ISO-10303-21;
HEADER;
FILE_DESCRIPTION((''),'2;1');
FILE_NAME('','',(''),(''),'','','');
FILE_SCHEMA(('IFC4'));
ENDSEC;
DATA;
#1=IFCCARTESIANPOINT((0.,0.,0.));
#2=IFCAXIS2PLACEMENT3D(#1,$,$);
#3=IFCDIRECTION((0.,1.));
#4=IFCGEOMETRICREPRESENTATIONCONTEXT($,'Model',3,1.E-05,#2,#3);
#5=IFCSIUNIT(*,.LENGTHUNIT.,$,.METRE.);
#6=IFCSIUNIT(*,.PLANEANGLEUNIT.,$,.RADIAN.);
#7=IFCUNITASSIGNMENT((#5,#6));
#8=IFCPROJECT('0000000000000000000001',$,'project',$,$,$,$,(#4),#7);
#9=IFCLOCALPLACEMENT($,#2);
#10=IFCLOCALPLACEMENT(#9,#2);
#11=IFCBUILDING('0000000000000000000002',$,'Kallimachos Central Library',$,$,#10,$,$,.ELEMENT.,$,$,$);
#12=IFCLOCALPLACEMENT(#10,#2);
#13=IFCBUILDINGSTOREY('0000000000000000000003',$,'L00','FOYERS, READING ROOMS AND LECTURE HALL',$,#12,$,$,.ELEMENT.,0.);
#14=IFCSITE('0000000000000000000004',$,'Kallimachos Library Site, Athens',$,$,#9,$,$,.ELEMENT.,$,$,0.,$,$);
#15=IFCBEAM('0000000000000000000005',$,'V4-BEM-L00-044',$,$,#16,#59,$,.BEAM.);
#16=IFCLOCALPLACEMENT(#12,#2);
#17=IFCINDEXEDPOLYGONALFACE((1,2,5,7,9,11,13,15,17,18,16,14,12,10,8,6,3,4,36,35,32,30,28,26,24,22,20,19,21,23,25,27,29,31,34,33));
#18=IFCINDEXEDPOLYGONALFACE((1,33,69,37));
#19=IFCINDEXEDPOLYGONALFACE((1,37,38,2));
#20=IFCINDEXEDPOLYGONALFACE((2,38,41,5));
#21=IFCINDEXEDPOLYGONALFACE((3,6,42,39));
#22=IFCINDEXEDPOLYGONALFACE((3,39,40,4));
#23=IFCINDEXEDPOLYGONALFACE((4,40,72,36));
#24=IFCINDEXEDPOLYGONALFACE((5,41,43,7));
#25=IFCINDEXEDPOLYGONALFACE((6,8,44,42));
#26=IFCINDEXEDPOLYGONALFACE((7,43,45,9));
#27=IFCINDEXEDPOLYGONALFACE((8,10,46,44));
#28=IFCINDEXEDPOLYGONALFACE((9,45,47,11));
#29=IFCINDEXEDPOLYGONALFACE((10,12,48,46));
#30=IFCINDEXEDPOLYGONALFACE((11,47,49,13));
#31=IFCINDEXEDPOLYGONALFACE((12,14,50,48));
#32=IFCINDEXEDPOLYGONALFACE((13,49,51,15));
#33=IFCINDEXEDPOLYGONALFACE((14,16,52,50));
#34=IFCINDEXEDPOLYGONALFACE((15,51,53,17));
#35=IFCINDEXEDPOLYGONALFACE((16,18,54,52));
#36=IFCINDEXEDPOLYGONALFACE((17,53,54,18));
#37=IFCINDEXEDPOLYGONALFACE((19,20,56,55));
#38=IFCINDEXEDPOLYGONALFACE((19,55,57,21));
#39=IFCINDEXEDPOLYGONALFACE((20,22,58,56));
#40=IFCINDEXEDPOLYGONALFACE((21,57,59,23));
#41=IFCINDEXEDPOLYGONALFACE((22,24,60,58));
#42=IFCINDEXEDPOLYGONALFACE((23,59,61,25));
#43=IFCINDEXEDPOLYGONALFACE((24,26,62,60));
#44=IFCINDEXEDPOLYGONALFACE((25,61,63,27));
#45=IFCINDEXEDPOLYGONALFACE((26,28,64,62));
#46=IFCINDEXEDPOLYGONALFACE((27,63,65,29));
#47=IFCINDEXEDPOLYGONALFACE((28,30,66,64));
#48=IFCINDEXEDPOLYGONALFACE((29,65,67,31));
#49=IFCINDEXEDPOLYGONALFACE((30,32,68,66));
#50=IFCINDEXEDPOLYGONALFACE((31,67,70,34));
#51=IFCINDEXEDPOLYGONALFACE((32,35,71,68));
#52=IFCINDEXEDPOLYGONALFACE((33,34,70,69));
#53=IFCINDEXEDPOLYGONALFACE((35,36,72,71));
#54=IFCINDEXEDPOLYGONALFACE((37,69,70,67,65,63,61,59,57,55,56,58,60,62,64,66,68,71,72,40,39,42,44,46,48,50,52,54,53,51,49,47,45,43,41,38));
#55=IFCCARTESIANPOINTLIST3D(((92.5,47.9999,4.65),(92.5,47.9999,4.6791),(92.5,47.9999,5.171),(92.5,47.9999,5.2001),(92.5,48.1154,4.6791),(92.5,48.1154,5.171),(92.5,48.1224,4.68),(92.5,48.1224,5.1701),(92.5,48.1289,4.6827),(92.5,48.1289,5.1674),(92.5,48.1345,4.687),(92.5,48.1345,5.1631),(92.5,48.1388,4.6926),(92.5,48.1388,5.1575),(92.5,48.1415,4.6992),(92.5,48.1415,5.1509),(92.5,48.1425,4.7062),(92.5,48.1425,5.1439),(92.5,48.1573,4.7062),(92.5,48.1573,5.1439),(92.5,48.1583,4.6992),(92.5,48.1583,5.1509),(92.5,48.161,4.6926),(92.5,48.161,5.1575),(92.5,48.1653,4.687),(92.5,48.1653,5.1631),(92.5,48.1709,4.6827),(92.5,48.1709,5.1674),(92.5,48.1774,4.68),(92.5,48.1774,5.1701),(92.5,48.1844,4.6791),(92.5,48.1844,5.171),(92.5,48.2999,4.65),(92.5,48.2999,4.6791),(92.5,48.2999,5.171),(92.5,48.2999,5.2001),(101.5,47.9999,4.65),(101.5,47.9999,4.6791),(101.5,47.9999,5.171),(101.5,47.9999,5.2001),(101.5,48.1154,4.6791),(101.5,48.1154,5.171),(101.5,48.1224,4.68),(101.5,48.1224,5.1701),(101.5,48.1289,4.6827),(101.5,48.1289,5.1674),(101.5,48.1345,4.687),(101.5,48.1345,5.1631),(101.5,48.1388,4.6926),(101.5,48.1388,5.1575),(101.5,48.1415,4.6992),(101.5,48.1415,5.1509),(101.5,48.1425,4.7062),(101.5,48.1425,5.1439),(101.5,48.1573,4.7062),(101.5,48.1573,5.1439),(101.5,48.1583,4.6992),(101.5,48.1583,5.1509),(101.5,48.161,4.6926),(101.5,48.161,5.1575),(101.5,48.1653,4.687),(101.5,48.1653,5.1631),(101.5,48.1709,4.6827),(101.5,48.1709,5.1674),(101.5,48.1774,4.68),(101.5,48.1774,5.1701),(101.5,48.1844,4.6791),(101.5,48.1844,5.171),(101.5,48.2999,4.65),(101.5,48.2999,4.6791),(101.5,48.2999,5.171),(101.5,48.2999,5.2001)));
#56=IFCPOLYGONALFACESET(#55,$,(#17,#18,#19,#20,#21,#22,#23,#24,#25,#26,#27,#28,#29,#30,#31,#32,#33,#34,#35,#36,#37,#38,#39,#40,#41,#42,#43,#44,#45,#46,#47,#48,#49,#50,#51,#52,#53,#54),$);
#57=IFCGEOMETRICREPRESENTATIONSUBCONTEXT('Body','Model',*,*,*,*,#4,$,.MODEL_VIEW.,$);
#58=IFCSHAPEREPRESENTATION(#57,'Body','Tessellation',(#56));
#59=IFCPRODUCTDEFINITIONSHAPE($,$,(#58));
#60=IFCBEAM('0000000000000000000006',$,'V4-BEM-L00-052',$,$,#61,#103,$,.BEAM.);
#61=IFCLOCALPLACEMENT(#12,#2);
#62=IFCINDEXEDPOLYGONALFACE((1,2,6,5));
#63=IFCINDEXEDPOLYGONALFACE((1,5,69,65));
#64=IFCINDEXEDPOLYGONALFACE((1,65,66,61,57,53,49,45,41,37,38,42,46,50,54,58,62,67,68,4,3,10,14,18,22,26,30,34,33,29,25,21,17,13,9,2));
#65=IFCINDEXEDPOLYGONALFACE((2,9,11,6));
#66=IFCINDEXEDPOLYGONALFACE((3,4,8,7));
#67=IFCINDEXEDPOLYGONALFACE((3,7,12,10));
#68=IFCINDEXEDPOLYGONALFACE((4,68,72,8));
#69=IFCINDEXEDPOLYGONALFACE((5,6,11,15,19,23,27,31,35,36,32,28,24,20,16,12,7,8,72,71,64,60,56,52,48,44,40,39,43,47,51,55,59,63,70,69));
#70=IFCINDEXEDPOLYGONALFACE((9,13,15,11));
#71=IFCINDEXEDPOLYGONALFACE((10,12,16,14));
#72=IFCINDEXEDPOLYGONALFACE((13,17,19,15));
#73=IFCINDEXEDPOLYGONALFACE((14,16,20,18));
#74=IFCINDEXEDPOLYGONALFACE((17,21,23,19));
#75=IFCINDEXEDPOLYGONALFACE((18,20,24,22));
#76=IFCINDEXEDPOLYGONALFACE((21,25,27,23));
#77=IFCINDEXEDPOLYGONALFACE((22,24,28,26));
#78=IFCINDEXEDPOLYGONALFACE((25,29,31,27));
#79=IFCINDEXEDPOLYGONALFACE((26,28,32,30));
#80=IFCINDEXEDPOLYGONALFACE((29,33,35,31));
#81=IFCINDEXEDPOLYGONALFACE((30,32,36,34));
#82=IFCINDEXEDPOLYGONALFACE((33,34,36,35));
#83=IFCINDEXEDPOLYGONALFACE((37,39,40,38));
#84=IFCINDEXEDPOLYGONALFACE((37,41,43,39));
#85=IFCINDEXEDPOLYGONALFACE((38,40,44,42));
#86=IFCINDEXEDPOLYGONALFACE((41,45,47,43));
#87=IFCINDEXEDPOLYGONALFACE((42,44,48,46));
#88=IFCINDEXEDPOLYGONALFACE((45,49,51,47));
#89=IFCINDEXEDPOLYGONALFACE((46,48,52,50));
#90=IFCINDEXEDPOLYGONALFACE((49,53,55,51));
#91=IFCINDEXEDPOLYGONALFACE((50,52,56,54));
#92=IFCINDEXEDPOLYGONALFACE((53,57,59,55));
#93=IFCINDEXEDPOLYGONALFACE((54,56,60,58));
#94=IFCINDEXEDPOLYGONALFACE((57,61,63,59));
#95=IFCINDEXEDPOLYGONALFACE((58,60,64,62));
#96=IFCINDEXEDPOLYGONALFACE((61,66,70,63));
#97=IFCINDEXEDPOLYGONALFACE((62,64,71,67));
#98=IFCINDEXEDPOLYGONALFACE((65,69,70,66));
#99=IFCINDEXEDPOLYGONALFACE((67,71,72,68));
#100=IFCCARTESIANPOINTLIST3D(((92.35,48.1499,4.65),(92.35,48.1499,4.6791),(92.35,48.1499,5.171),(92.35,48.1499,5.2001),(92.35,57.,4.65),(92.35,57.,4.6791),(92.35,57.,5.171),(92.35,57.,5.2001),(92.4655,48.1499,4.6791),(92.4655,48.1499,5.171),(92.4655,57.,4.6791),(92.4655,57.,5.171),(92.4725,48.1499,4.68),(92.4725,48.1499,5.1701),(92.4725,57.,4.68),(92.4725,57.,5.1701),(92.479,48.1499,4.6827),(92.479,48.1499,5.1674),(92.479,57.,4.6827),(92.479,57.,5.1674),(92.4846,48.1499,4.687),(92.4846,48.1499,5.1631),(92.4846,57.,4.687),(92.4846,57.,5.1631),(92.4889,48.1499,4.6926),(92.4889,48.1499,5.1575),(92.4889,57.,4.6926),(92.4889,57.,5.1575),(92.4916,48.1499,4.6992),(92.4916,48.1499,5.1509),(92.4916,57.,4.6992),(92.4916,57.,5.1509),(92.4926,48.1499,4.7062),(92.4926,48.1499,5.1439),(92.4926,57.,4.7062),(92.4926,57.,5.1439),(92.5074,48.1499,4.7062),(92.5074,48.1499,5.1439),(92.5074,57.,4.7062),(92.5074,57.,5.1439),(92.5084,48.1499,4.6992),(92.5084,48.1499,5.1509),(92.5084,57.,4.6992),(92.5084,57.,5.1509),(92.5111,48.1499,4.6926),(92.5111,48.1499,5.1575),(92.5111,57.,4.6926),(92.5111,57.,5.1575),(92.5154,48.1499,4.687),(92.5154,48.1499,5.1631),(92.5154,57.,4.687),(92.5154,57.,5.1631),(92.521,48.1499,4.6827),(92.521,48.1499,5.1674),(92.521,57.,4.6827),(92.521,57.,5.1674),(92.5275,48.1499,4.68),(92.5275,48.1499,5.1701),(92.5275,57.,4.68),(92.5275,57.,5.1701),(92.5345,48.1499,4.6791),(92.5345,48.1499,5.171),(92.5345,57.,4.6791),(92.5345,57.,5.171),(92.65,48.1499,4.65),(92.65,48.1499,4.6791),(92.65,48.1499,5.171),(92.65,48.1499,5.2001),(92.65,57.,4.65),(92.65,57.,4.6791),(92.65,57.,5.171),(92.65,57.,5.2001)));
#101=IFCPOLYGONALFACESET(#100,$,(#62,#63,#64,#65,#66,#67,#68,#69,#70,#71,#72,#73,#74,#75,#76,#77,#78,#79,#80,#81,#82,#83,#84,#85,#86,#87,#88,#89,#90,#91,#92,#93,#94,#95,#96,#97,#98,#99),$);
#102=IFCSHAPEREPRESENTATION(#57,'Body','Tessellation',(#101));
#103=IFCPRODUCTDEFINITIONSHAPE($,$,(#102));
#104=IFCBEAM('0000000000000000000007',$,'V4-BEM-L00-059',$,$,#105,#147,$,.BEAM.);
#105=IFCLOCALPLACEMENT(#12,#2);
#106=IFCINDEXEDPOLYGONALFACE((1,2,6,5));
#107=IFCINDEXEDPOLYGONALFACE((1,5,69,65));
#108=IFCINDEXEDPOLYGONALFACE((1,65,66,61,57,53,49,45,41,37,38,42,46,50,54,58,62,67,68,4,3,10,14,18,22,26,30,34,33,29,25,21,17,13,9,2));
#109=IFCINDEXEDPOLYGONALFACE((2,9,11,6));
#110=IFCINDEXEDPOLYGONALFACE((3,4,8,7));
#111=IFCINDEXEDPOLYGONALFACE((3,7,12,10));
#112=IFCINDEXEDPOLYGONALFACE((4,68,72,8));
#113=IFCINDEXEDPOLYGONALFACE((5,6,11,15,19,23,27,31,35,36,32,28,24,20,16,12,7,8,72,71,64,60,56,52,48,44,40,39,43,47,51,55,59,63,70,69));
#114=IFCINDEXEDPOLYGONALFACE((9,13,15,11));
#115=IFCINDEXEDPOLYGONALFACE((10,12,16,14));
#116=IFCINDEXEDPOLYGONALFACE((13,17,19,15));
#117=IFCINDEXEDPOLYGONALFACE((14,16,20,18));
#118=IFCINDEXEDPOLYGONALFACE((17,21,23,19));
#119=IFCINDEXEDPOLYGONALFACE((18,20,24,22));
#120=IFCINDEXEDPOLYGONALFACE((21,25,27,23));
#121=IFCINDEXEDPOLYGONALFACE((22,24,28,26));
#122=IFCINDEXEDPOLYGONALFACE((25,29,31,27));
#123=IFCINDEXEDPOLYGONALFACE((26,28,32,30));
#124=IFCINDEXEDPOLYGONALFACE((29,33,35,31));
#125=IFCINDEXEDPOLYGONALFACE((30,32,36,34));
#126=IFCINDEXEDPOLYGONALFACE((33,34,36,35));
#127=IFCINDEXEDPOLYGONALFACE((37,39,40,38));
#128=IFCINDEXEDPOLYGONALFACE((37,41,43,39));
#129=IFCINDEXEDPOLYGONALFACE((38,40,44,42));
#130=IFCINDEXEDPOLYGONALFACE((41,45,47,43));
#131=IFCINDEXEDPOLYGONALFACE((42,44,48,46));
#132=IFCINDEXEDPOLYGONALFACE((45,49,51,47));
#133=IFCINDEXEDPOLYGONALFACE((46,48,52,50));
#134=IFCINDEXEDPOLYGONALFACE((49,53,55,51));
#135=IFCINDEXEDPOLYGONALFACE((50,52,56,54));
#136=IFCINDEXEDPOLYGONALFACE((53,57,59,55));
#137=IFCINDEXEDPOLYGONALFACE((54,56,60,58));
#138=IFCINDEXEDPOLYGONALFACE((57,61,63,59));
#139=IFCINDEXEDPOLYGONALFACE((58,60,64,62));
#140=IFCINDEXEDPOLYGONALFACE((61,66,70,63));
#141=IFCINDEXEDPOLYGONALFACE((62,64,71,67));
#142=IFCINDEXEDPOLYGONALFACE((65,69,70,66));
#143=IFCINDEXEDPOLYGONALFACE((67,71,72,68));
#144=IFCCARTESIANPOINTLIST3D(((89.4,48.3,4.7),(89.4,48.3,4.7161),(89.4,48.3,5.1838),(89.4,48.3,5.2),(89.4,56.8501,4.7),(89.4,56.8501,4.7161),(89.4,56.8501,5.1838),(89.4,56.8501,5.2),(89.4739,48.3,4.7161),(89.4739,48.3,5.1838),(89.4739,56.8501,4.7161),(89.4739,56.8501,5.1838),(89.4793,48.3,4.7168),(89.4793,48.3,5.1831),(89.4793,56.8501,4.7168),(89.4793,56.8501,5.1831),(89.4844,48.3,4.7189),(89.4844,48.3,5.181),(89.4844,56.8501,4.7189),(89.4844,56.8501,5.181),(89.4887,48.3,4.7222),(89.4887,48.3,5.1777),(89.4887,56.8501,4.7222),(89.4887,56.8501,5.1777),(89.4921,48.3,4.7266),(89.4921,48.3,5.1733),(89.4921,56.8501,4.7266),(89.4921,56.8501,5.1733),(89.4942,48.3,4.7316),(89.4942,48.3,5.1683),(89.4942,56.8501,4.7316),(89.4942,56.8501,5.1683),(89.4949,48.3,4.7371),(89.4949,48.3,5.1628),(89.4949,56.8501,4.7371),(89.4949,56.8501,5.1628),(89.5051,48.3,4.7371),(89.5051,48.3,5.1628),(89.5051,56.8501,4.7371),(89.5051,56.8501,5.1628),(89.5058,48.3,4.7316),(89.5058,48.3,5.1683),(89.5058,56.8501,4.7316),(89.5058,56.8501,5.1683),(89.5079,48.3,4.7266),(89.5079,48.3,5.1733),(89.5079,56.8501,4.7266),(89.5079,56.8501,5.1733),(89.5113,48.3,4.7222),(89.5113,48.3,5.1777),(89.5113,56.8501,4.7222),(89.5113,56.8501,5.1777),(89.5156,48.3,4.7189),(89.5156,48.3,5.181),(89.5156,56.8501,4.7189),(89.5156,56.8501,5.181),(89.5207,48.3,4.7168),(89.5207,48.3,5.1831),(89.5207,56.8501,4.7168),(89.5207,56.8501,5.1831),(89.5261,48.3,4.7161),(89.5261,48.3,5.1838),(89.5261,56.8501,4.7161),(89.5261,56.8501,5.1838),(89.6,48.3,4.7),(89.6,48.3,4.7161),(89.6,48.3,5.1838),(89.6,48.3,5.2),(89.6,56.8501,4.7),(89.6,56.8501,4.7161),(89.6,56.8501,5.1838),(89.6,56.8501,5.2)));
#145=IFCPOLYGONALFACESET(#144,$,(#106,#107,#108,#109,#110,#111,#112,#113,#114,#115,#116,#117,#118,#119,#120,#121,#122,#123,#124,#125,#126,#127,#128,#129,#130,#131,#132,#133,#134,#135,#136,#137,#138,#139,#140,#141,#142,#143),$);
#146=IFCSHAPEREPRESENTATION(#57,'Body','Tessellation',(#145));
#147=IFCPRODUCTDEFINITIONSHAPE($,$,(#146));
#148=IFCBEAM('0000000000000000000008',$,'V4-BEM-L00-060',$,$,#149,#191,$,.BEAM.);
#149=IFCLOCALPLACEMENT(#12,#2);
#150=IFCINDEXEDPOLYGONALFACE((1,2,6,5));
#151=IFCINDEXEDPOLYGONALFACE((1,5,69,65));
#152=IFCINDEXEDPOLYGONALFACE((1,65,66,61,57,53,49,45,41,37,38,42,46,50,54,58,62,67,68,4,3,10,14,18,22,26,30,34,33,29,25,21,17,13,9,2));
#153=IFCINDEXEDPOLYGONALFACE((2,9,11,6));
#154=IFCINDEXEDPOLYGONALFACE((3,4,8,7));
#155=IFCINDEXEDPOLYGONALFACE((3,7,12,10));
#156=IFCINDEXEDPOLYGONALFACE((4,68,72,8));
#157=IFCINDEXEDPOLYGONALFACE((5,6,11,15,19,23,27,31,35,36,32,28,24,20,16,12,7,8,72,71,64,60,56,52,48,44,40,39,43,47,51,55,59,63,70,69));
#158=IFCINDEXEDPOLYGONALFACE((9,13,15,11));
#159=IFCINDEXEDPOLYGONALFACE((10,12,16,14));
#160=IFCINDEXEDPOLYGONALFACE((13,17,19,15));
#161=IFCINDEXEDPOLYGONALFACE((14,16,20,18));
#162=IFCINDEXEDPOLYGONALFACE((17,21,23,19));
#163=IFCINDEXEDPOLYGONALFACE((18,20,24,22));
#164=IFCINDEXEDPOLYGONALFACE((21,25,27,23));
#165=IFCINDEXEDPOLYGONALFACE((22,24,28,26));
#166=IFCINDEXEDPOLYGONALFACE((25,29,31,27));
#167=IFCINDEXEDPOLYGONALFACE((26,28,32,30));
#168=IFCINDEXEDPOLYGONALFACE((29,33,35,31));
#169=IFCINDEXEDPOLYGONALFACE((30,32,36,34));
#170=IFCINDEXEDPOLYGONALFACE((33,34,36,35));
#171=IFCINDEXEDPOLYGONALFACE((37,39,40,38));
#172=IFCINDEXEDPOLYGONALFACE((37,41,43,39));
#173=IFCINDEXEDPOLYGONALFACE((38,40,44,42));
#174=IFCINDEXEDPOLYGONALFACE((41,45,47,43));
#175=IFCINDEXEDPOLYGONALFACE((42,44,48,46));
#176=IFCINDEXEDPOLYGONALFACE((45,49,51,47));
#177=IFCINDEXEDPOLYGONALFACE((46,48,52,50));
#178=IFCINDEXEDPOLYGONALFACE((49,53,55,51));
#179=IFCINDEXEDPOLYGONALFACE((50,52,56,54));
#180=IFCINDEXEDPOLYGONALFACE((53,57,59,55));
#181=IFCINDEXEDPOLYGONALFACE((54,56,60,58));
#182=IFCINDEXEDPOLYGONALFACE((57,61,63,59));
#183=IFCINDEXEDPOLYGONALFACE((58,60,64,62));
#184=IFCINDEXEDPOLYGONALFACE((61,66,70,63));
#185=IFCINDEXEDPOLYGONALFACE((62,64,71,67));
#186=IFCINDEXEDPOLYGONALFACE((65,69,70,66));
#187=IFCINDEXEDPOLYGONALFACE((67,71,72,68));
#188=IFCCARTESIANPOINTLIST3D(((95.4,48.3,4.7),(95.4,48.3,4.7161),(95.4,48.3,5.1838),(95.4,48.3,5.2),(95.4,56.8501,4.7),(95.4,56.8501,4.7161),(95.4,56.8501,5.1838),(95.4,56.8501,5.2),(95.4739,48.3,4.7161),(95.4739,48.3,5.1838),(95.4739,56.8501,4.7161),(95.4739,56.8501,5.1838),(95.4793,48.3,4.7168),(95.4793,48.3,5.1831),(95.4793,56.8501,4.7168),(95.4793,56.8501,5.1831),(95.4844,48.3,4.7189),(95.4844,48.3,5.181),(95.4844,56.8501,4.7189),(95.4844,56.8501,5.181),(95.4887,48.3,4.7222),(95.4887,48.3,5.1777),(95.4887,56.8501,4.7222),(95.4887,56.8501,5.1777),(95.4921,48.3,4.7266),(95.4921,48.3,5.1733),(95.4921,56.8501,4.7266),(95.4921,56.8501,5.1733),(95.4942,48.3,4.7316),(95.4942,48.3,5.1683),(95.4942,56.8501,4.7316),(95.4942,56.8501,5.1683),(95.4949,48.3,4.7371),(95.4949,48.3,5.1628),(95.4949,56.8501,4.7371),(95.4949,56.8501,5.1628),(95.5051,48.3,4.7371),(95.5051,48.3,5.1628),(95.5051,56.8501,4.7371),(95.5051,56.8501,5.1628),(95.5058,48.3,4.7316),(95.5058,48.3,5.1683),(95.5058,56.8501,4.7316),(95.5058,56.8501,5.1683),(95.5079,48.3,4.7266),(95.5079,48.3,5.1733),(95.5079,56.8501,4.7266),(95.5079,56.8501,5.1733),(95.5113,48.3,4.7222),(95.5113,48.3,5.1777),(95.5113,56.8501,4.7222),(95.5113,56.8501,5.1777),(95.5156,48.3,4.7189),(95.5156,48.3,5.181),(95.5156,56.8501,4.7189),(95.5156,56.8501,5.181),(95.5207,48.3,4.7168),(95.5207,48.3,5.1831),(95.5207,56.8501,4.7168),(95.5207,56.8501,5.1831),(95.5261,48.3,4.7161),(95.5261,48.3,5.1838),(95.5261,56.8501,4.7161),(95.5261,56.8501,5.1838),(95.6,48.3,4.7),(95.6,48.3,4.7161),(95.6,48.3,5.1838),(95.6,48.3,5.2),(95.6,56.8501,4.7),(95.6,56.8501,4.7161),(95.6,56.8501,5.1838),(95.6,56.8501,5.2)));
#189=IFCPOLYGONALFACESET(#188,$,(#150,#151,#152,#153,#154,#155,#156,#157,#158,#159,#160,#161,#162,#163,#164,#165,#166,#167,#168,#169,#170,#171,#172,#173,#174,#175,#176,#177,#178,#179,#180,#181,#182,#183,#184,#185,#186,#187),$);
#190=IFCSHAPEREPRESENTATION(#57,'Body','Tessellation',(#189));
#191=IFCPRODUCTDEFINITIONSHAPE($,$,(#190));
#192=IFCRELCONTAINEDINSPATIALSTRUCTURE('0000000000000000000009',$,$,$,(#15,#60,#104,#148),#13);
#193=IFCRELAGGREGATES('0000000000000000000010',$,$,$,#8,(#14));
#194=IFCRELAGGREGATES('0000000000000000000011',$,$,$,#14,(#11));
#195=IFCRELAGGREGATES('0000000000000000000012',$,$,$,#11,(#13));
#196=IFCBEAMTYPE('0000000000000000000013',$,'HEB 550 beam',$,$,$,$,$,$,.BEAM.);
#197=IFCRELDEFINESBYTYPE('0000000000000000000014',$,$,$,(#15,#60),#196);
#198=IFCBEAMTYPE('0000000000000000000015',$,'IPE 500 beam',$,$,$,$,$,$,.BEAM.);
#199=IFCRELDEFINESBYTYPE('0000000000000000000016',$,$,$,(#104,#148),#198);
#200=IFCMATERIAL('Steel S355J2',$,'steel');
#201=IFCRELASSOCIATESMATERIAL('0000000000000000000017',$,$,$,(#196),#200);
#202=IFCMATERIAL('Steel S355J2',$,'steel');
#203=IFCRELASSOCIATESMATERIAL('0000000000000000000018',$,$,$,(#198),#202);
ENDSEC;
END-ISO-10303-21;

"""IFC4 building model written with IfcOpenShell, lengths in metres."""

from ifc_helpers import new_model, si_unit, direction, frame, origin, origin_2d, place, context, subcontext, project, spatial, i_section, extrude, material, material_profile, profile_set, type_object, element, save


model = new_model("IFC4")

# Units and contexts
model_context = context("Model", 3, precision=1e-05, world=origin(), true_north=direction((0.0, 1.0)))
body_context = subcontext(model_context, "Body", "Model", "MODEL_VIEW")
ifc_project = project(units=[si_unit("LENGTHUNIT", "METRE"), si_unit("PLANEANGLEUNIT", "RADIAN")], contexts=[model_context])

# Site, building, storey
site_placement = place(None, origin())
site = spatial("IfcSite", under=ifc_project, at=site_placement, Name="Kallimachos Library Site, Athens", CompositionType="ELEMENT", RefElevation=0.0)
building_placement = place(site_placement, origin())
building = spatial("IfcBuilding", under=site, at=building_placement, Name="Kallimachos Central Library", CompositionType="ELEMENT")
storey_placement = place(building_placement, origin())
storey = spatial("IfcBuildingStorey", under=building, at=storey_placement, Name="L00", Description="FOYERS, READING ROOMS AND LECTURE HALL", CompositionType="ELEMENT", Elevation=0.0)

# Beams
ifc_material_1 = material(Name="Steel S355J2", Category="steel")
ifc_material_profile_1 = material_profile(ifc_material_1, i_section(OverallWidth=0.3, OverallDepth=0.55, WebThickness=0.0149, FlangeThickness=0.0291, FilletRadius=0.0271, at=origin_2d()), Name="HEB 550")
ifc_profile_set_1 = profile_set([ifc_material_profile_1], Name="Steel S355J2")
beam_type_1 = type_object("IfcBeamType", Name="HEB 550 beam", PredefinedType="BEAM", material=ifc_profile_set_1)
beam_1_placement = place(storey_placement, frame((92.5, 48.1499, 4.925), z_axis=(1.0, 0.0, 0.0), x_axis=(0.0, 1.0, 0.0)))
element("IfcBeam", 1, at=beam_1_placement, inside=storey, type_object=beam_type_1, Name="V4-BEM-L00-044", PredefinedType="BEAM", context=body_context, shape_type="SweptSolid", body=[
    extrude(i_section(OverallWidth=0.3, OverallDepth=0.55, WebThickness=0.0149, FlangeThickness=0.0291, FilletRadius=0.0271, at=origin_2d()), origin(), (0.0, 0.0, 1.0), 9.0),
])
beam_2_placement = place(storey_placement, frame((92.5, 48.1499, 4.925), z_axis=(0.0, 1.0, 0.0), x_axis=(-1.0, 0.0, 0.0)))
element("IfcBeam", 2, at=beam_2_placement, inside=storey, type_object=beam_type_1, Name="V4-BEM-L00-052", PredefinedType="BEAM", context=body_context, shape_type="SweptSolid", body=[
    extrude(i_section(OverallWidth=0.3, OverallDepth=0.55, WebThickness=0.0149, FlangeThickness=0.0291, FilletRadius=0.0271, at=origin_2d()), origin(), (0.0, 0.0, 1.0), 8.8501),
])
ifc_material_2 = material(Name="Steel S355J2", Category="steel")
ifc_material_profile_2 = material_profile(ifc_material_2, i_section(OverallWidth=0.2, OverallDepth=0.5, WebThickness=0.0103, FlangeThickness=0.0161, FilletRadius=0.021, at=origin_2d()), Name="IPE 500")
ifc_profile_set_2 = profile_set([ifc_material_profile_2], Name="Steel S355J2")
beam_type_2 = type_object("IfcBeamType", Name="IPE 500 beam", PredefinedType="BEAM", material=ifc_profile_set_2)
for number, where, z_axis, x_axis, name in (
    (3, (89.5, 48.3, 4.95), (0.0, 1.0, 0.0), (-1.0, 0.0, 0.0), "V4-BEM-L00-059"),
    (4, (95.5, 48.3, 4.95), (0.0, 1.0, 0.0), (-1.0, 0.0, 0.0), "V4-BEM-L00-060"),
):
    element("IfcBeam", number, at=place(storey_placement, frame(where, z_axis=z_axis, x_axis=x_axis)), inside=storey, type_object=beam_type_2, Name=name, PredefinedType="BEAM", context=body_context, shape_type="SweptSolid", body=[
        extrude(i_section(OverallWidth=0.2, OverallDepth=0.5, WebThickness=0.0103, FlangeThickness=0.0161, FilletRadius=0.021, at=origin_2d()), origin(), (0.0, 0.0, 1.0), 8.55),
    ])

save(model, "model.ifc")
